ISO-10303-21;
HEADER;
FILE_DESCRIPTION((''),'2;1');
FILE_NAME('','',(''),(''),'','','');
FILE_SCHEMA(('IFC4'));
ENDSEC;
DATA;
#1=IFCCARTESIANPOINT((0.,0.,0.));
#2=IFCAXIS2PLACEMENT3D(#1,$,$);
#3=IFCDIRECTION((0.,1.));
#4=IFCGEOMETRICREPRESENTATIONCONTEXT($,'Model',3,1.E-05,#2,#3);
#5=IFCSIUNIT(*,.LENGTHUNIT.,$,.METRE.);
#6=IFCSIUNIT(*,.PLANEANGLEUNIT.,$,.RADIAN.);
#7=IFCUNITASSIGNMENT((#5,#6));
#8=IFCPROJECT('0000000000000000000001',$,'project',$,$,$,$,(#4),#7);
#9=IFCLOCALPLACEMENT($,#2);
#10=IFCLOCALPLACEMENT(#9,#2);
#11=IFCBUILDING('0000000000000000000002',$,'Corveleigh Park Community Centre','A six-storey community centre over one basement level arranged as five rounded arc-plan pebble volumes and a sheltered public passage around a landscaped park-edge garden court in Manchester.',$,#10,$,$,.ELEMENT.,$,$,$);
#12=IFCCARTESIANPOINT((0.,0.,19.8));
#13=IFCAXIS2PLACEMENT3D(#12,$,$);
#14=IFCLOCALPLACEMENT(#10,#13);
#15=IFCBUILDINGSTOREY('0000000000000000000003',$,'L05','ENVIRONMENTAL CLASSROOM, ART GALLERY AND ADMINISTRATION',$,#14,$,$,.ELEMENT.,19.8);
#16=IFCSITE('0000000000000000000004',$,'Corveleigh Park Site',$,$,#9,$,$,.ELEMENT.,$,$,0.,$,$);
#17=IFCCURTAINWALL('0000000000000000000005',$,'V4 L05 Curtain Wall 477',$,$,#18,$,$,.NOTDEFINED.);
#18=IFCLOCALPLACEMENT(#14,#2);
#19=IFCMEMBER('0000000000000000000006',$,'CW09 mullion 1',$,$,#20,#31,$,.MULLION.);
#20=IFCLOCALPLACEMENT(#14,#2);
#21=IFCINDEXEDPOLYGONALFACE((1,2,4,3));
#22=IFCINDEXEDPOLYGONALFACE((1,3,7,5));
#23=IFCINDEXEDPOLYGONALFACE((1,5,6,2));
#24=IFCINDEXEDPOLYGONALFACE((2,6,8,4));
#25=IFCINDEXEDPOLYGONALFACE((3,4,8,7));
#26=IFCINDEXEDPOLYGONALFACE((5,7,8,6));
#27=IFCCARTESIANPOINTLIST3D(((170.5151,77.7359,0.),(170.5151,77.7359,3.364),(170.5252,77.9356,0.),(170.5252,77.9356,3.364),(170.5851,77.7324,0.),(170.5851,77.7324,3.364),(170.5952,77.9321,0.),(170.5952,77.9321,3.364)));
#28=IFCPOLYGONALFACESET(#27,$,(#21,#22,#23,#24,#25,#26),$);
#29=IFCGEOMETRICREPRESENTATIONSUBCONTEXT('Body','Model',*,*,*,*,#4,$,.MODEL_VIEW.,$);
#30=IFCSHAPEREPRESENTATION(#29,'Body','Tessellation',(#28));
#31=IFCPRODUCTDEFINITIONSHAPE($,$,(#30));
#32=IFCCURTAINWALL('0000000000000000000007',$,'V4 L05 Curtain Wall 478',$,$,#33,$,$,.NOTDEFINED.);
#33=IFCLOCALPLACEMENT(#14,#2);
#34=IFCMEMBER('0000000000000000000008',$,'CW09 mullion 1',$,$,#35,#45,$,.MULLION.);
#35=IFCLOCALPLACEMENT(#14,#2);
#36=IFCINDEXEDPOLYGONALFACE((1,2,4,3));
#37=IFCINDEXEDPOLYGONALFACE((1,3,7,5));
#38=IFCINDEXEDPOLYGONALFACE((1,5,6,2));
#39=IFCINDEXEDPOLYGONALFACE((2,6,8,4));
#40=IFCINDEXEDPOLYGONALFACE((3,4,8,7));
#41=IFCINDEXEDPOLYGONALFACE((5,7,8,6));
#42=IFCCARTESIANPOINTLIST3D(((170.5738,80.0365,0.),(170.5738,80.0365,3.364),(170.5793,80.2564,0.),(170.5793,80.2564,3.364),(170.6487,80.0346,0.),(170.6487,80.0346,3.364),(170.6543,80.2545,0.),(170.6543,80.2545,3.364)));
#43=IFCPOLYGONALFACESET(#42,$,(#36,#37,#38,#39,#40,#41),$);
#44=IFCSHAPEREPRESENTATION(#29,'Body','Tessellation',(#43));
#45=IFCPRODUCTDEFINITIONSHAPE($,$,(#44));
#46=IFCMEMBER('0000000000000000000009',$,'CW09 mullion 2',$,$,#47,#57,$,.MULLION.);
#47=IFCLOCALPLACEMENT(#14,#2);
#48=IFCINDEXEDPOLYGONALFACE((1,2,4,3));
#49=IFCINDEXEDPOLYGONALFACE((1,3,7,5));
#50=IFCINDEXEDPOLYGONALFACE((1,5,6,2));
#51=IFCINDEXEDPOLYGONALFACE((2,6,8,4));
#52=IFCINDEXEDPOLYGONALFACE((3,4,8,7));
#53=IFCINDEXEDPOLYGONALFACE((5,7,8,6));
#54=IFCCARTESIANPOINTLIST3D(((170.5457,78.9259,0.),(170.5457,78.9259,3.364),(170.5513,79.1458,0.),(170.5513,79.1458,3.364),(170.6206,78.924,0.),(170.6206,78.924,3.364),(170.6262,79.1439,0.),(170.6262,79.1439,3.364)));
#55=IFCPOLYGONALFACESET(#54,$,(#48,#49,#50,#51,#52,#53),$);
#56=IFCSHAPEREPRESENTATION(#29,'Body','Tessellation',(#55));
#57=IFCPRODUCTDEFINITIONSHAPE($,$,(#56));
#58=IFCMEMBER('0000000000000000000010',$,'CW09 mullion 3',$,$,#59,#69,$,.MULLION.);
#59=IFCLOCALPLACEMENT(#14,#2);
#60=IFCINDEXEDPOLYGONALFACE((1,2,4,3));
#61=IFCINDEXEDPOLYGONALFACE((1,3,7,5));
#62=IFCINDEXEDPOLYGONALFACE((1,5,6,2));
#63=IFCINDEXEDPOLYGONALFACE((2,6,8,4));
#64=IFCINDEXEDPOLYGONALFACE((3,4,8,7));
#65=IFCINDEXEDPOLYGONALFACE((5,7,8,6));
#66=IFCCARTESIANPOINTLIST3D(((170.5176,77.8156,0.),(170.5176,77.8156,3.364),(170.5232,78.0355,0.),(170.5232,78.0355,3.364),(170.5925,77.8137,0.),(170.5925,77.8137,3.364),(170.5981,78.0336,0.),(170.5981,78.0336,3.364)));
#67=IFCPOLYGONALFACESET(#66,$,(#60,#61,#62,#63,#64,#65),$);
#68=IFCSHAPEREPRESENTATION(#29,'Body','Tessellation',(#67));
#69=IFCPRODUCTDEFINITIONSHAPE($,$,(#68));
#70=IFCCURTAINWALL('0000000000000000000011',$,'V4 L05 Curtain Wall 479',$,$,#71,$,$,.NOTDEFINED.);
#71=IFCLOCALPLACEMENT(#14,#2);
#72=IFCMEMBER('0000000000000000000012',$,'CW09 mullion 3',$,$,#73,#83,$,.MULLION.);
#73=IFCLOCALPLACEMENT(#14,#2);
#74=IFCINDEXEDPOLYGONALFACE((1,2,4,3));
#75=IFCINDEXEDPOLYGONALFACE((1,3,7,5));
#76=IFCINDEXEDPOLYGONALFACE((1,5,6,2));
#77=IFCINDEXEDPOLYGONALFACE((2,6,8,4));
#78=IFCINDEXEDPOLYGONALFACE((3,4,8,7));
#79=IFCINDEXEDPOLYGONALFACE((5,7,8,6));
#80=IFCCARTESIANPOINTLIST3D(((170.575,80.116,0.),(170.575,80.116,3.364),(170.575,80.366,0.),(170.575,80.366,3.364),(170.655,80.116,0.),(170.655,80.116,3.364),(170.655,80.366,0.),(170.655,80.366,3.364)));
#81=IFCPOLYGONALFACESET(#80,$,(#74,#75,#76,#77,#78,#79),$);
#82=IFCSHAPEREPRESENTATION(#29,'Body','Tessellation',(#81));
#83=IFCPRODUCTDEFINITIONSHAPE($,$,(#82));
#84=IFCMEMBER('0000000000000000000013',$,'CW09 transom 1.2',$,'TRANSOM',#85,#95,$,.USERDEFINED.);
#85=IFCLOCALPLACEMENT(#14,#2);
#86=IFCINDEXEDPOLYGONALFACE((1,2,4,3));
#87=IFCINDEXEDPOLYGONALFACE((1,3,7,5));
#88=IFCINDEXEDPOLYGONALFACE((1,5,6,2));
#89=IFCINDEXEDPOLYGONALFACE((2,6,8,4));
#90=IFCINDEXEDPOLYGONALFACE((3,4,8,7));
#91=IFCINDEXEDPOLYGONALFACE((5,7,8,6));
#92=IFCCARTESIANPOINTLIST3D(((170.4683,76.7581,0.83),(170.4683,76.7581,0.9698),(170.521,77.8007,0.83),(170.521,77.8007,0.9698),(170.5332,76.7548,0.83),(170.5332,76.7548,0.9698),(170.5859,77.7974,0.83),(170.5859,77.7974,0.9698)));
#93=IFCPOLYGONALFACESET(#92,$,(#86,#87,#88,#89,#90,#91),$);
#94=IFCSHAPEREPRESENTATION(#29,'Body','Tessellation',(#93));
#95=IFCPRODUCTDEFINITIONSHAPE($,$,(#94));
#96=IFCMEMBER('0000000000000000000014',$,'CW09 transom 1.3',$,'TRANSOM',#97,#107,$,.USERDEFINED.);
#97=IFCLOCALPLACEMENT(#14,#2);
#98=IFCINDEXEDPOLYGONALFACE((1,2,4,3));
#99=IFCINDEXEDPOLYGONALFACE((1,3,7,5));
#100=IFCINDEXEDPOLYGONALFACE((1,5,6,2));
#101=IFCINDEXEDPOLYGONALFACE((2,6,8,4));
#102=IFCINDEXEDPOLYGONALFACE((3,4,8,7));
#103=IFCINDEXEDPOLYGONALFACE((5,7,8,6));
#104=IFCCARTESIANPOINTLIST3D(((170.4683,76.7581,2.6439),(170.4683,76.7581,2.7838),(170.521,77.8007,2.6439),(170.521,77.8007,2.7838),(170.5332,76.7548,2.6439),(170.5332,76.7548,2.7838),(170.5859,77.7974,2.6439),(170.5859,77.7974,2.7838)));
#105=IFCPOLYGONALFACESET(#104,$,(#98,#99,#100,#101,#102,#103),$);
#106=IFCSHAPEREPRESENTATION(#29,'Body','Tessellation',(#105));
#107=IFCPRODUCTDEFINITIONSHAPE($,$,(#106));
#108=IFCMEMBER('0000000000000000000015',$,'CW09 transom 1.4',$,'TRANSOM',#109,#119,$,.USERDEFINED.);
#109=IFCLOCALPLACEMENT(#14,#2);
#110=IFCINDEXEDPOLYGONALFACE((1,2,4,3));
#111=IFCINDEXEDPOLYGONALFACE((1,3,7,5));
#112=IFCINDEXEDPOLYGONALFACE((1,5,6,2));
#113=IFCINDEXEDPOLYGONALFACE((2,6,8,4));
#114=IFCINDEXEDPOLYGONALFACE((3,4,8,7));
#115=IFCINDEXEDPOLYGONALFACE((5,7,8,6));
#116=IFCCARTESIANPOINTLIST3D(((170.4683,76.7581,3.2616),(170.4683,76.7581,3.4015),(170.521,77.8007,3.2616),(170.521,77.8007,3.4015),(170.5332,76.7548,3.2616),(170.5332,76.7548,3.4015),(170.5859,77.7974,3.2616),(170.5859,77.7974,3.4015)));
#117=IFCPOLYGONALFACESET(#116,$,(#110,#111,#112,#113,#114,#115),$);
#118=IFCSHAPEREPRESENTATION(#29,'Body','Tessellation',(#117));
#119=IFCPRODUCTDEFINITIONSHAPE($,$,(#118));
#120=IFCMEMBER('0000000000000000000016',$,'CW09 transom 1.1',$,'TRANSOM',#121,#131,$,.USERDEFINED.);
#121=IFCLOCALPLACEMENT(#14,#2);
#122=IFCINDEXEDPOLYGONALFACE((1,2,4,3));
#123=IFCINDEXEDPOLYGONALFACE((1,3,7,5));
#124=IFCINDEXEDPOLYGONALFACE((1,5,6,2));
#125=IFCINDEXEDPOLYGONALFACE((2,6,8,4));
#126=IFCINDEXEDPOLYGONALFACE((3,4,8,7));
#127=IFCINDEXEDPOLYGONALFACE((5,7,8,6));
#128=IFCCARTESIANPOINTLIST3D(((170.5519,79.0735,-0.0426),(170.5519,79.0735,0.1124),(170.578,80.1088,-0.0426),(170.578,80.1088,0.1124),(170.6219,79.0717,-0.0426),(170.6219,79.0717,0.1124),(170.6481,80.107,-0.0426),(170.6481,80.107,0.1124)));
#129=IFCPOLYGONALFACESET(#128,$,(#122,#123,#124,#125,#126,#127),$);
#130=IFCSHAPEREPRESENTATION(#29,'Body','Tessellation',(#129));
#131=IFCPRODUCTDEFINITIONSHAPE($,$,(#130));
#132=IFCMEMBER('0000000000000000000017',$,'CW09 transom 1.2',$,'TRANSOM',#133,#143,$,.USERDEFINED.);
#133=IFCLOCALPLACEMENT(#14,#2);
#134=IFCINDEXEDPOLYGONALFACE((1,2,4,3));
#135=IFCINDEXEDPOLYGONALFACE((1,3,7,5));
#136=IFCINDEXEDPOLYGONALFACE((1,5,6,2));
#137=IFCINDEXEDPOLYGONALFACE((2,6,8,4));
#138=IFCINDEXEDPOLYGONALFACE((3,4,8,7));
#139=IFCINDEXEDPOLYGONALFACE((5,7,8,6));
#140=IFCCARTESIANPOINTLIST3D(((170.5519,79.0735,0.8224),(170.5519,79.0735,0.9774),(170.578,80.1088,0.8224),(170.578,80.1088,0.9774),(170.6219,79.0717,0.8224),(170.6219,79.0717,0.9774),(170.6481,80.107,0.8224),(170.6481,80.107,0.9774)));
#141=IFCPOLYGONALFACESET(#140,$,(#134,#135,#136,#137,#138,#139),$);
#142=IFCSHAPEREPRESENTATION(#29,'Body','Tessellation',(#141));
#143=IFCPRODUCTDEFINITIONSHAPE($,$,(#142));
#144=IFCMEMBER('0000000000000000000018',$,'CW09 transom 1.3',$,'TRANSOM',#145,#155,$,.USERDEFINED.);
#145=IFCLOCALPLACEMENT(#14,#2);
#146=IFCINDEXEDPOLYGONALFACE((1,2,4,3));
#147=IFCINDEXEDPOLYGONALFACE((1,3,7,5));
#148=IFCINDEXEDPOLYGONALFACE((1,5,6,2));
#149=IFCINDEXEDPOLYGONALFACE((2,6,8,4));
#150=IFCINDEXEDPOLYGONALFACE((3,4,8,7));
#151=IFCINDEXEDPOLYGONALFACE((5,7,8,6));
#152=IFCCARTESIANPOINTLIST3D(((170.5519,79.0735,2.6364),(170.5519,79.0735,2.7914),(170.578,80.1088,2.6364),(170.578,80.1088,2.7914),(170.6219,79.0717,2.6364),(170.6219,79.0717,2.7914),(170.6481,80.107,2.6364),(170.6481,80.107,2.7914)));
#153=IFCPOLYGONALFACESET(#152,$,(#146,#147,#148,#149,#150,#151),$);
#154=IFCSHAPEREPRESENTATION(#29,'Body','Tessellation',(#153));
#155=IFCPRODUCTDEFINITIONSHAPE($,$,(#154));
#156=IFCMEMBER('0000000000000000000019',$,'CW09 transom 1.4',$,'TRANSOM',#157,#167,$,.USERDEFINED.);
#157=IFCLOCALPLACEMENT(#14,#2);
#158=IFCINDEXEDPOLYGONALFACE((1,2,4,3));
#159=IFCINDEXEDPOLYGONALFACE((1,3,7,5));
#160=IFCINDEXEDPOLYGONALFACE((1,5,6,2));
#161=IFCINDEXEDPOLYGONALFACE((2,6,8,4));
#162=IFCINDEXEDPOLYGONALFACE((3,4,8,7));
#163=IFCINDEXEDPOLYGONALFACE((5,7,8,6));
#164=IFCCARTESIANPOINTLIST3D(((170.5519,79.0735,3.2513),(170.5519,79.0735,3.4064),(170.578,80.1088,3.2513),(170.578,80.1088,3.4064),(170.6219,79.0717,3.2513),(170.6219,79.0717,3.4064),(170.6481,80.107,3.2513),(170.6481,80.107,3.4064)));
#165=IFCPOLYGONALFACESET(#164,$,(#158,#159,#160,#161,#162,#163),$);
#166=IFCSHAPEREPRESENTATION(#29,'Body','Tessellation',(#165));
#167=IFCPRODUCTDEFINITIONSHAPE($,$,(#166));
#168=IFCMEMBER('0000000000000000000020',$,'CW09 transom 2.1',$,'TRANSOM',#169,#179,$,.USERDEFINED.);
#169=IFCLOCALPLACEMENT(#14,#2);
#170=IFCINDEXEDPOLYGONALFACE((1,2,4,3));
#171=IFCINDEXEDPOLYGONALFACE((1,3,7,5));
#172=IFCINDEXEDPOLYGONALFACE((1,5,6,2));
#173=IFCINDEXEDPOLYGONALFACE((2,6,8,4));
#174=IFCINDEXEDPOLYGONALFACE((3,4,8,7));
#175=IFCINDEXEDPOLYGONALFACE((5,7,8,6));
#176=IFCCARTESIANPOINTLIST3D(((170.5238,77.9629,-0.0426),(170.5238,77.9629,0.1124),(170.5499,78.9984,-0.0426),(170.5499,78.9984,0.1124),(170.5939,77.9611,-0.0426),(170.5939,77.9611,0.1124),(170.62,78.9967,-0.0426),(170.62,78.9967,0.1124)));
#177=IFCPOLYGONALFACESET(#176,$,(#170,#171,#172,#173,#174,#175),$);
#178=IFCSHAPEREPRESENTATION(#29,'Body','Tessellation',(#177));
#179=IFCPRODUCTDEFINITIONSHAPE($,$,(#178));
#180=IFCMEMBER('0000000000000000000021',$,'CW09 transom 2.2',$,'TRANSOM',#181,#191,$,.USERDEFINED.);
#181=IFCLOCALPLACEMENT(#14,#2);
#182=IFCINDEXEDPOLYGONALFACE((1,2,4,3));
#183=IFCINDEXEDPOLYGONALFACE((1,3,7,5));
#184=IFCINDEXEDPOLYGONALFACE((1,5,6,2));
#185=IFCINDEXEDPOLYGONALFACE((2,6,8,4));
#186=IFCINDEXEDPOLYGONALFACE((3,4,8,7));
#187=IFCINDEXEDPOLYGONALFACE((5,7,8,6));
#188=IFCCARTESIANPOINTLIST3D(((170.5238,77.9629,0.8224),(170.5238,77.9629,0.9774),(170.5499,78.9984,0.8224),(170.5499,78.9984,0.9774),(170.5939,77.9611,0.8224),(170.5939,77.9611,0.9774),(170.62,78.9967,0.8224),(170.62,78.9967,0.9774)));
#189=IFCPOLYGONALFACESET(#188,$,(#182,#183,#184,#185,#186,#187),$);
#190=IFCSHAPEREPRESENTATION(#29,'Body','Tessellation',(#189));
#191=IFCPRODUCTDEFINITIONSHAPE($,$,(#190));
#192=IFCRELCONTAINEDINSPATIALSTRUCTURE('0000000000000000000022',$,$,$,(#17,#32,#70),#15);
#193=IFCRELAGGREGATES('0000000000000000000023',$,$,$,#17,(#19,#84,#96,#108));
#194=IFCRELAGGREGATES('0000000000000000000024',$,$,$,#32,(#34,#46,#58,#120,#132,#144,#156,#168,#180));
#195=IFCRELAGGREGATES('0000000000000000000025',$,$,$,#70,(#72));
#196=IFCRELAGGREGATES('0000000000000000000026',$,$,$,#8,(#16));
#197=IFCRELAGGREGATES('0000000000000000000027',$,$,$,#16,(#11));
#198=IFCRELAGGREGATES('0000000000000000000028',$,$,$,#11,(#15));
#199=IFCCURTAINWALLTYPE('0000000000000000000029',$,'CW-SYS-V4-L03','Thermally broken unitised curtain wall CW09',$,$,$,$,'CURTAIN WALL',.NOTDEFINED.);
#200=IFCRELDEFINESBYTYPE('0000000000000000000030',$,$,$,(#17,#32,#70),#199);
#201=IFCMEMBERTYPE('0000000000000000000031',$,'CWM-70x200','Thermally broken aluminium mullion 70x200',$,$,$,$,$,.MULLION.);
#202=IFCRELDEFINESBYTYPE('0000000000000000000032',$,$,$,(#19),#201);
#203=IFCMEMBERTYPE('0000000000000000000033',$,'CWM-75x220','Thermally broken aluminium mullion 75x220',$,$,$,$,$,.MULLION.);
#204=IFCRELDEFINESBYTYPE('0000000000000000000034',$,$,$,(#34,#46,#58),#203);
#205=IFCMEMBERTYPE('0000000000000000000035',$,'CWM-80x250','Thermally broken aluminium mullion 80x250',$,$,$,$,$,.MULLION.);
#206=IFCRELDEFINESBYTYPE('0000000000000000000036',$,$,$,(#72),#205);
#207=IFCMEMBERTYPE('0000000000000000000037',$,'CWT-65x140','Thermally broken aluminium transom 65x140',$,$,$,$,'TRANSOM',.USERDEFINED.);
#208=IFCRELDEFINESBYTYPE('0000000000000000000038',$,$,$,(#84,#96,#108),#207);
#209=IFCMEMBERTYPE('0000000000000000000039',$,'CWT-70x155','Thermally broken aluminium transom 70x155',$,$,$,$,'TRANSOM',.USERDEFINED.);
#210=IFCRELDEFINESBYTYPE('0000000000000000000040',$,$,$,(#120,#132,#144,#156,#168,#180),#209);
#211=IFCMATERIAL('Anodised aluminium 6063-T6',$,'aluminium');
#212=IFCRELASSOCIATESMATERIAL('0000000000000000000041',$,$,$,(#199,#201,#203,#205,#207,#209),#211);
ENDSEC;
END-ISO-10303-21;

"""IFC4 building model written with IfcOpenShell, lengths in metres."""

from ifc_helpers import new_model, si_unit, direction, frame, origin, origin_2d, place, context, subcontext, project, spatial, rectangle, extrude, material, material_profile, profile_set, type_object, element, aggregate, save


model = new_model("IFC4")

# Units and contexts
model_context = context("Model", 3, precision=1e-05, world=origin(), true_north=direction((0.0, 1.0)))
body_context = subcontext(model_context, "Body", "Model", "MODEL_VIEW")
ifc_project = project(units=[si_unit("LENGTHUNIT", "METRE"), si_unit("PLANEANGLEUNIT", "RADIAN")], contexts=[model_context])

# Site, building, storey
site_placement = place(None, origin())
site = spatial("IfcSite", under=ifc_project, at=site_placement, Name="Corveleigh Park Site", CompositionType="ELEMENT", RefElevation=0.0)
building_placement = place(site_placement, origin())
building = spatial("IfcBuilding", under=site, at=building_placement, Name="Corveleigh Park Community Centre", Description="A six-storey community centre over one basement level arranged as five rounded arc-plan pebble volumes and a sheltered public passage around a landscaped park-edge garden court in Manchester.", CompositionType="ELEMENT")
storey_placement = place(building_placement, frame((0.0, 0.0, 19.8)))
storey = spatial("IfcBuildingStorey", under=building, at=storey_placement, Name="L05", Description="ENVIRONMENTAL CLASSROOM, ART GALLERY AND ADMINISTRATION", CompositionType="ELEMENT", Elevation=19.8)

# Curtain wall, member
ifc_material_1 = material(Name="Anodised aluminium 6063-T6", Category="aluminium")
curtain_wall_type = type_object("IfcCurtainWallType", Name="CW-SYS-V4-L03", Description="Thermally broken unitised curtain wall CW09", ElementType="CURTAIN WALL", PredefinedType="NOTDEFINED", material=ifc_material_1)
curtain_wall_1_placement = place(storey_placement, origin())
curtain_wall_1 = element("IfcCurtainWall", 1, at=curtain_wall_1_placement, inside=storey, type_object=curtain_wall_type, Name="V4 L05 Curtain Wall 477", PredefinedType="NOTDEFINED")
ifc_material_profile_1 = material_profile(ifc_material_1, rectangle(XDim=0.0701, YDim=0.2, at=origin_2d()), Name="ALU-M70x200", Category="aluminium")
ifc_profile_set_1 = profile_set([ifc_material_profile_1], Name="Anodised aluminium 6063-T6")
member_type_1 = type_object("IfcMemberType", Name="CWM-70x200", Description="Thermally broken aluminium mullion 70x200", PredefinedType="MULLION", material=ifc_profile_set_1)
member_1_placement = place(storey_placement, frame((170.5552, 77.834, 0.0), z_axis=(0.0, 0.0, 1.0), x_axis=(0.998725, -0.05048, 0.0)))
member_1 = element("IfcMember", 2, at=member_1_placement, type_object=member_type_1, Name="CW09 mullion 1", PredefinedType="MULLION", context=body_context, shape_type="SweptSolid", body=[
    extrude(rectangle(XDim=0.0701, YDim=0.2, at=origin_2d()), origin(), (0.0, 0.0, 1.0), 3.364),
])

# Curtain wall, members
curtain_wall_2_placement = place(storey_placement, origin())
curtain_wall_2 = element("IfcCurtainWall", 3, at=curtain_wall_2_placement, inside=storey, type_object=curtain_wall_type, Name="V4 L05 Curtain Wall 478", PredefinedType="NOTDEFINED")
ifc_material_profile_2 = material_profile(ifc_material_1, rectangle(XDim=0.075, YDim=0.22, at=origin_2d()), Name="ALU-M75x220", Category="aluminium")
ifc_profile_set_2 = profile_set([ifc_material_profile_2], Name="Anodised aluminium 6063-T6")
member_type_2 = type_object("IfcMemberType", Name="CWM-75x220", Description="Thermally broken aluminium mullion 75x220", PredefinedType="MULLION", material=ifc_profile_set_2)
member_2_placement = place(storey_placement, frame((170.614, 80.1455, 0.0), z_axis=(0.0, 0.0, 1.0), x_axis=(0.999681, -0.025253, 0.0)))
member_2 = element("IfcMember", 4, at=member_2_placement, type_object=member_type_2, Name="CW09 mullion 1", PredefinedType="MULLION", context=body_context, shape_type="SweptSolid", body=[
    extrude(rectangle(XDim=0.075, YDim=0.22, at=origin_2d()), origin(), (0.0, 0.0, 1.0), 3.364),
])
member_3_placement = place(storey_placement, frame((170.5859, 79.0349, 0.0), z_axis=(0.0, 0.0, 1.0), x_axis=(0.999681, -0.025253, 0.0)))
member_3 = element("IfcMember", 5, at=member_3_placement, type_object=member_type_2, Name="CW09 mullion 2", PredefinedType="MULLION", context=body_context, shape_type="SweptSolid", body=[
    extrude(rectangle(XDim=0.075, YDim=0.22, at=origin_2d()), origin(), (0.0, 0.0, 1.0), 3.364),
])
member_4_placement = place(storey_placement, frame((170.5579, 77.9246, 0.0), z_axis=(0.0, 0.0, 1.0), x_axis=(0.999681, -0.025253, 0.0)))
member_4 = element("IfcMember", 6, at=member_4_placement, type_object=member_type_2, Name="CW09 mullion 3", PredefinedType="MULLION", context=body_context, shape_type="SweptSolid", body=[
    extrude(rectangle(XDim=0.075, YDim=0.22, at=origin_2d()), origin(), (0.0, 0.0, 1.0), 3.364),
])

# Curtain wall, member
curtain_wall_3_placement = place(storey_placement, origin())
curtain_wall_3 = element("IfcCurtainWall", 7, at=curtain_wall_3_placement, inside=storey, type_object=curtain_wall_type, Name="V4 L05 Curtain Wall 479", PredefinedType="NOTDEFINED")
ifc_material_profile_3 = material_profile(ifc_material_1, rectangle(XDim=0.0801, YDim=0.25, at=origin_2d()), Name="ALU-M80x250", Category="aluminium")
ifc_profile_set_3 = profile_set([ifc_material_profile_3], Name="Anodised aluminium 6063-T6")
member_type_3 = type_object("IfcMemberType", Name="CWM-80x250", Description="Thermally broken aluminium mullion 80x250", PredefinedType="MULLION", material=ifc_profile_set_3)
member_5_placement = place(storey_placement, frame((170.615, 80.241, 0.0), z_axis=(0.0, 0.0, 1.0), x_axis=(1.0, 0.0, 0.0)))
member_5 = element("IfcMember", 8, at=member_5_placement, type_object=member_type_3, Name="CW09 mullion 3", PredefinedType="MULLION", context=body_context, shape_type="SweptSolid", body=[
    extrude(rectangle(XDim=0.0801, YDim=0.25, at=origin_2d()), origin(), (0.0, 0.0, 1.0), 3.364),
])

# Members
ifc_material_profile_4 = material_profile(ifc_material_1, rectangle(XDim=0.0649, YDim=0.1399, at=origin_2d()), Name="ALU-T65x140", Category="aluminium")
ifc_profile_set_4 = profile_set([ifc_material_profile_4], Name="Anodised aluminium 6063-T6")
member_type_4 = type_object("IfcMemberType", Name="CWT-65x140", Description="Thermally broken aluminium transom 65x140", ElementType="TRANSOM", PredefinedType="USERDEFINED", material=ifc_profile_set_4)
member_6_placement = place(storey_placement, frame((170.5535, 77.7991, 0.8999), z_axis=(-0.050509, -0.998724, 0.0), x_axis=(0.998724, -0.050509, 0.0)))
member_6 = element("IfcMember", 9, at=member_6_placement, type_object=member_type_4, Name="CW09 transom 1.2", ObjectType="TRANSOM", PredefinedType="USERDEFINED", context=body_context, shape_type="SweptSolid", body=[
    extrude(rectangle(XDim=0.0649, YDim=0.1399, at=origin_2d()), origin(), (0.0, 0.0, 1.0), 1.0439),
])
member_7_placement = place(storey_placement, frame((170.5535, 77.7991, 2.7139), z_axis=(-0.050509, -0.998724, 0.0), x_axis=(0.998724, -0.050509, 0.0)))
member_7 = element("IfcMember", 10, at=member_7_placement, type_object=member_type_4, Name="CW09 transom 1.3", ObjectType="TRANSOM", PredefinedType="USERDEFINED", context=body_context, shape_type="SweptSolid", body=[
    extrude(rectangle(XDim=0.0649, YDim=0.1399, at=origin_2d()), origin(), (0.0, 0.0, 1.0), 1.0439),
])
member_8_placement = place(storey_placement, frame((170.5535, 77.7991, 3.3315), z_axis=(-0.050509, -0.998724, 0.0), x_axis=(0.998724, -0.050509, 0.0)))
member_8 = element("IfcMember", 11, at=member_8_placement, type_object=member_type_4, Name="CW09 transom 1.4", ObjectType="TRANSOM", PredefinedType="USERDEFINED", context=body_context, shape_type="SweptSolid", body=[
    extrude(rectangle(XDim=0.0649, YDim=0.1399, at=origin_2d()), origin(), (0.0, 0.0, 1.0), 1.0439),
])
aggregate(curtain_wall_1, [member_1, member_6, member_7, member_8])
ifc_material_profile_5 = material_profile(ifc_material_1, rectangle(XDim=0.0701, YDim=0.155, at=origin_2d()), Name="ALU-T70x155", Category="aluminium")
ifc_profile_set_5 = profile_set([ifc_material_profile_5], Name="Anodised aluminium 6063-T6")
member_type_5 = type_object("IfcMemberType", Name="CWT-70x155", Description="Thermally broken aluminium transom 70x155", ElementType="TRANSOM", PredefinedType="USERDEFINED", material=ifc_profile_set_5)
member_9_placement = place(storey_placement, frame((170.613, 80.1079, 0.0349), z_axis=(-0.025222, -0.999682, 0.0), x_axis=(0.999682, -0.025222, 0.0)))
member_9 = element("IfcMember", 12, at=member_9_placement, type_object=member_type_5, Name="CW09 transom 1.1", ObjectType="TRANSOM", PredefinedType="USERDEFINED", context=body_context, shape_type="SweptSolid", body=[
    extrude(rectangle(XDim=0.0701, YDim=0.155, at=origin_2d()), origin(), (0.0, 0.0, 1.0), 1.0356),
])
member_10_placement = place(storey_placement, frame((170.613, 80.1079, 0.8999), z_axis=(-0.025222, -0.999682, 0.0), x_axis=(0.999682, -0.025222, 0.0)))
member_10 = element("IfcMember", 13, at=member_10_placement, type_object=member_type_5, Name="CW09 transom 1.2", ObjectType="TRANSOM", PredefinedType="USERDEFINED", context=body_context, shape_type="SweptSolid", body=[
    extrude(rectangle(XDim=0.0701, YDim=0.155, at=origin_2d()), origin(), (0.0, 0.0, 1.0), 1.0356),
])
member_11_placement = place(storey_placement, frame((170.613, 80.1079, 2.7139), z_axis=(-0.025222, -0.999682, 0.0), x_axis=(0.999682, -0.025222, 0.0)))
member_11 = element("IfcMember", 14, at=member_11_placement, type_object=member_type_5, Name="CW09 transom 1.3", ObjectType="TRANSOM", PredefinedType="USERDEFINED", context=body_context, shape_type="SweptSolid", body=[
    extrude(rectangle(XDim=0.0701, YDim=0.155, at=origin_2d()), origin(), (0.0, 0.0, 1.0), 1.0356),
])
member_12_placement = place(storey_placement, frame((170.613, 80.1079, 3.3289), z_axis=(-0.025222, -0.999682, 0.0), x_axis=(0.999682, -0.025222, 0.0)))
member_12 = element("IfcMember", 15, at=member_12_placement, type_object=member_type_5, Name="CW09 transom 1.4", ObjectType="TRANSOM", PredefinedType="USERDEFINED", context=body_context, shape_type="SweptSolid", body=[
    extrude(rectangle(XDim=0.0701, YDim=0.155, at=origin_2d()), origin(), (0.0, 0.0, 1.0), 1.0356),
])
member_13_placement = place(storey_placement, frame((170.585, 78.9976, 0.0349), z_axis=(-0.025216, -0.999682, 0.0), x_axis=(0.999682, -0.025216, 0.0)))
member_13 = element("IfcMember", 16, at=member_13_placement, type_object=member_type_5, Name="CW09 transom 2.1", ObjectType="TRANSOM", PredefinedType="USERDEFINED", context=body_context, shape_type="SweptSolid", body=[
    extrude(rectangle(XDim=0.0701, YDim=0.155, at=origin_2d()), origin(), (0.0, 0.0, 1.0), 1.0359),
])
member_14_placement = place(storey_placement, frame((170.585, 78.9976, 0.8999), z_axis=(-0.025216, -0.999682, 0.0), x_axis=(0.999682, -0.025216, 0.0)))
member_14 = element("IfcMember", 17, at=member_14_placement, type_object=member_type_5, Name="CW09 transom 2.2", ObjectType="TRANSOM", PredefinedType="USERDEFINED", context=body_context, shape_type="SweptSolid", body=[
    extrude(rectangle(XDim=0.0701, YDim=0.155, at=origin_2d()), origin(), (0.0, 0.0, 1.0), 1.0359),
])

aggregate(curtain_wall_2, [member_2, member_3, member_4, member_9, member_10, member_11, member_12, member_13, member_14])
aggregate(curtain_wall_3, [member_5])

save(model, "model.ifc")
